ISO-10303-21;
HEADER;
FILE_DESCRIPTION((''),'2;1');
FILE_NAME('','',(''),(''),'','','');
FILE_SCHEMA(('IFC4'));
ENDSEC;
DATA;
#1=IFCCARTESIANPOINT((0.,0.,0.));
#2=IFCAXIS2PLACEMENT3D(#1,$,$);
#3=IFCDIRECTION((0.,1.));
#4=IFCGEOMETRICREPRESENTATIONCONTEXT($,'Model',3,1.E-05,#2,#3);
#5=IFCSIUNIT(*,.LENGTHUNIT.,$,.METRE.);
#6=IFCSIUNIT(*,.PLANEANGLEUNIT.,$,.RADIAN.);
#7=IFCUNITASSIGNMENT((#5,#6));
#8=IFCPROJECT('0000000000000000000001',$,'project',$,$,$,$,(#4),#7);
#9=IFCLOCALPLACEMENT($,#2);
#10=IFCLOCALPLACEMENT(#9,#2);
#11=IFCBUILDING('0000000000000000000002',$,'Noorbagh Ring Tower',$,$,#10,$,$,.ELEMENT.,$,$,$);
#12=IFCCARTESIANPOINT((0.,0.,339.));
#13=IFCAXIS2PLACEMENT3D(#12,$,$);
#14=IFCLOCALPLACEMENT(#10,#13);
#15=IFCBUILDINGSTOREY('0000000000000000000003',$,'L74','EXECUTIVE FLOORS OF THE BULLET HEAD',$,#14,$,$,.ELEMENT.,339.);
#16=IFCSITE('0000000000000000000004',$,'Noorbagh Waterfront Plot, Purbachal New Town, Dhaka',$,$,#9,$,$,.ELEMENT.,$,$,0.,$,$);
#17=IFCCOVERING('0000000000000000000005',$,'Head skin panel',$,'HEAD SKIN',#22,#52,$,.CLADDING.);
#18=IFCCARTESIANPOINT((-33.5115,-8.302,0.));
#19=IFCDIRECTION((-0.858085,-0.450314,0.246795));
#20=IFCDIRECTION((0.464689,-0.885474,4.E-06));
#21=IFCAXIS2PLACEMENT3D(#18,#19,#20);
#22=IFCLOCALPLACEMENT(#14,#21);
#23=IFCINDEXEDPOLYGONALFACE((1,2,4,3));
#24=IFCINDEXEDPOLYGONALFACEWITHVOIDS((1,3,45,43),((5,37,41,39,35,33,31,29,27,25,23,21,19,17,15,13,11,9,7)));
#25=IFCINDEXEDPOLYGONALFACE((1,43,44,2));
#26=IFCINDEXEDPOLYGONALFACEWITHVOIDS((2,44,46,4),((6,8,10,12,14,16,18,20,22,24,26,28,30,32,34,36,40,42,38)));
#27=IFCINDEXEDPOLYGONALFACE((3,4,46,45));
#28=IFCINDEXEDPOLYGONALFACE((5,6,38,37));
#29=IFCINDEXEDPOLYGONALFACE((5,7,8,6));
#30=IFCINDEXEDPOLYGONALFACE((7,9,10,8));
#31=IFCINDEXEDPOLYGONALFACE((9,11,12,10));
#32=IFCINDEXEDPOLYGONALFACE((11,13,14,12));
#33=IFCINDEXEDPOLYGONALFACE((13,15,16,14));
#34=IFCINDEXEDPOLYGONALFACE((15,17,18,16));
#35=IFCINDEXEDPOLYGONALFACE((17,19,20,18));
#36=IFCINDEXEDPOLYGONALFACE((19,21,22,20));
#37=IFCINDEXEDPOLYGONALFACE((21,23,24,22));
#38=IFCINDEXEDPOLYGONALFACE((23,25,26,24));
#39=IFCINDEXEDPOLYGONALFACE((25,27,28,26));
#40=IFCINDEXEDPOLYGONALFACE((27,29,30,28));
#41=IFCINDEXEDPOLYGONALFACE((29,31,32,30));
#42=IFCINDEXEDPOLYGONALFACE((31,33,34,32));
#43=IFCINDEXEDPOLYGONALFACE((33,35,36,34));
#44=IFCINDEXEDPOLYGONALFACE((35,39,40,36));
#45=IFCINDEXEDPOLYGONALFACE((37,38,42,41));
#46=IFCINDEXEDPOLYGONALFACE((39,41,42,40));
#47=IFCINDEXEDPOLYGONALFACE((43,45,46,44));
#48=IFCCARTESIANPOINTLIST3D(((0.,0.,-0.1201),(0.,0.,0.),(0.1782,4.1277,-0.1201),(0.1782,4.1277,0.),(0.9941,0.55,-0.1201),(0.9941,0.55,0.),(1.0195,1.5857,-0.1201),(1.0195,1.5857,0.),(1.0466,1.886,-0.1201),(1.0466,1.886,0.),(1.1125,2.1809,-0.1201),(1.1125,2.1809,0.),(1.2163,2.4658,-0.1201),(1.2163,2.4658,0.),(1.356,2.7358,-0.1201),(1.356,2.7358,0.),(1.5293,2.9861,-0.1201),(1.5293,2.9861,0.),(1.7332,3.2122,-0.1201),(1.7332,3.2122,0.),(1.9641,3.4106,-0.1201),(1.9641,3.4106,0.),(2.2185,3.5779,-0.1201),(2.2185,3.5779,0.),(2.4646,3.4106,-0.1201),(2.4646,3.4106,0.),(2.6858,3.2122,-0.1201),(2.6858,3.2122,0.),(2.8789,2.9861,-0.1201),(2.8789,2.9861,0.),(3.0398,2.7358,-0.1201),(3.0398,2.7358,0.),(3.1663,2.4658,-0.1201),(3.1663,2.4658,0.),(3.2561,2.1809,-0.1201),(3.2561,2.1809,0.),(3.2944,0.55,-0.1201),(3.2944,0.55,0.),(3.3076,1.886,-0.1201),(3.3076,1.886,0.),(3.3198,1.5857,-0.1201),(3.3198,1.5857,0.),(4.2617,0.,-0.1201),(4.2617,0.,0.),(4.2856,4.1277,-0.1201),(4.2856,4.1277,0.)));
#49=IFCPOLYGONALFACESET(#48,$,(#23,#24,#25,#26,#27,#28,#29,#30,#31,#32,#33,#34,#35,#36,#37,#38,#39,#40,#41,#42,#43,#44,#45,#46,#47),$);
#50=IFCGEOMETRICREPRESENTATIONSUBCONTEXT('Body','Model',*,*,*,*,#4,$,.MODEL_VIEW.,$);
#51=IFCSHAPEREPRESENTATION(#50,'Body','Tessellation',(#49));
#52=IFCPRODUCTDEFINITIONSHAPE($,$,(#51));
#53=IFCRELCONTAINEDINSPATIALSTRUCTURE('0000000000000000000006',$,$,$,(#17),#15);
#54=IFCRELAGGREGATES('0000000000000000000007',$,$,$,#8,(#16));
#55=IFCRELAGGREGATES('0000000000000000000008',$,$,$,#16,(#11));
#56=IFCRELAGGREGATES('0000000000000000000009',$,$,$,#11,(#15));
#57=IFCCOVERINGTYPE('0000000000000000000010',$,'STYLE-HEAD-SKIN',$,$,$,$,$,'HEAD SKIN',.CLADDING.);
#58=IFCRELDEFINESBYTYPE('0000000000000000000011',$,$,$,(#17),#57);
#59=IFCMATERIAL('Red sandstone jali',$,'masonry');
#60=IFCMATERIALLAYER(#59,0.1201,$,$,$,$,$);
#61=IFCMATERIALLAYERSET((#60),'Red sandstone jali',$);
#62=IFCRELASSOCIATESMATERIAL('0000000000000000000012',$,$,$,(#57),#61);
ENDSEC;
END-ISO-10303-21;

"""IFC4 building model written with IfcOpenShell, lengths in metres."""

from ifc_helpers import new_model, si_unit, direction, frame, origin, place, context, subcontext, project, spatial, polyline, outline, extrude, material, layer, layer_set, type_object, element, save


model = new_model("IFC4")

# Units and contexts
model_context = context("Model", 3, precision=1e-05, world=origin(), true_north=direction((0.0, 1.0)))
body_context = subcontext(model_context, "Body", "Model", "MODEL_VIEW")
ifc_project = project(units=[si_unit("LENGTHUNIT", "METRE"), si_unit("PLANEANGLEUNIT", "RADIAN")], contexts=[model_context])

# Site, building, storey
site_placement = place(None, origin())
site = spatial("IfcSite", under=ifc_project, at=site_placement, Name="Noorbagh Waterfront Plot, Purbachal New Town, Dhaka", CompositionType="ELEMENT", RefElevation=0.0)
building_placement = place(site_placement, origin())
building = spatial("IfcBuilding", under=site, at=building_placement, Name="Noorbagh Ring Tower", CompositionType="ELEMENT")
storey_placement = place(building_placement, frame((0.0, 0.0, 339.0)))
storey = spatial("IfcBuildingStorey", under=building, at=storey_placement, Name="L74", Description="EXECUTIVE FLOORS OF THE BULLET HEAD", CompositionType="ELEMENT", Elevation=339.0)

# Covering
ifc_material_1 = material(Name="Red sandstone jali", Category="masonry")
ifc_layer_1 = layer(ifc_material_1, 0.1201)
ifc_layer_set_1 = layer_set([ifc_layer_1], Name="Red sandstone jali")
covering_type_1 = type_object("IfcCoveringType", Name="STYLE-HEAD-SKIN", ElementType="HEAD SKIN", PredefinedType="CLADDING", material=ifc_layer_set_1)
covering_1_placement = place(storey_placement, frame((-33.5115, -8.302, 0.0), z_axis=(-0.858085, -0.450314, 0.246795), x_axis=(0.464689, -0.885474, 0.000004)))
element("IfcCovering", 1, at=covering_1_placement, inside=storey, type_object=covering_type_1, Name="Head skin panel", ObjectType="HEAD SKIN", PredefinedType="CLADDING", context=body_context, shape_type="SweptSolid", body=[
    extrude(outline(polyline([(0.0, 0.0), (4.2617, 0.0), (4.2856, 4.1277), (0.1782, 4.1277), (0.0, 0.0)]), holes=[polyline([(0.9941, 0.55), (1.0195, 1.5857), (1.0466, 1.886), (1.1125, 2.1809), (1.2163, 2.4658), (1.356, 2.7358), (1.5293, 2.9861), (1.7332, 3.2122), (1.9641, 3.4106), (2.2185, 3.5779), (2.4646, 3.4106), (2.6858, 3.2122), (2.8789, 2.9861), (3.0398, 2.7358), (3.1663, 2.4658), (3.2561, 2.1809), (3.3076, 1.886), (3.3198, 1.5857), (3.2944, 0.55), (0.9941, 0.55)])]), origin(), (0.0, 0.0, -1.0), 0.1201),
])

save(model, "model.ifc")
